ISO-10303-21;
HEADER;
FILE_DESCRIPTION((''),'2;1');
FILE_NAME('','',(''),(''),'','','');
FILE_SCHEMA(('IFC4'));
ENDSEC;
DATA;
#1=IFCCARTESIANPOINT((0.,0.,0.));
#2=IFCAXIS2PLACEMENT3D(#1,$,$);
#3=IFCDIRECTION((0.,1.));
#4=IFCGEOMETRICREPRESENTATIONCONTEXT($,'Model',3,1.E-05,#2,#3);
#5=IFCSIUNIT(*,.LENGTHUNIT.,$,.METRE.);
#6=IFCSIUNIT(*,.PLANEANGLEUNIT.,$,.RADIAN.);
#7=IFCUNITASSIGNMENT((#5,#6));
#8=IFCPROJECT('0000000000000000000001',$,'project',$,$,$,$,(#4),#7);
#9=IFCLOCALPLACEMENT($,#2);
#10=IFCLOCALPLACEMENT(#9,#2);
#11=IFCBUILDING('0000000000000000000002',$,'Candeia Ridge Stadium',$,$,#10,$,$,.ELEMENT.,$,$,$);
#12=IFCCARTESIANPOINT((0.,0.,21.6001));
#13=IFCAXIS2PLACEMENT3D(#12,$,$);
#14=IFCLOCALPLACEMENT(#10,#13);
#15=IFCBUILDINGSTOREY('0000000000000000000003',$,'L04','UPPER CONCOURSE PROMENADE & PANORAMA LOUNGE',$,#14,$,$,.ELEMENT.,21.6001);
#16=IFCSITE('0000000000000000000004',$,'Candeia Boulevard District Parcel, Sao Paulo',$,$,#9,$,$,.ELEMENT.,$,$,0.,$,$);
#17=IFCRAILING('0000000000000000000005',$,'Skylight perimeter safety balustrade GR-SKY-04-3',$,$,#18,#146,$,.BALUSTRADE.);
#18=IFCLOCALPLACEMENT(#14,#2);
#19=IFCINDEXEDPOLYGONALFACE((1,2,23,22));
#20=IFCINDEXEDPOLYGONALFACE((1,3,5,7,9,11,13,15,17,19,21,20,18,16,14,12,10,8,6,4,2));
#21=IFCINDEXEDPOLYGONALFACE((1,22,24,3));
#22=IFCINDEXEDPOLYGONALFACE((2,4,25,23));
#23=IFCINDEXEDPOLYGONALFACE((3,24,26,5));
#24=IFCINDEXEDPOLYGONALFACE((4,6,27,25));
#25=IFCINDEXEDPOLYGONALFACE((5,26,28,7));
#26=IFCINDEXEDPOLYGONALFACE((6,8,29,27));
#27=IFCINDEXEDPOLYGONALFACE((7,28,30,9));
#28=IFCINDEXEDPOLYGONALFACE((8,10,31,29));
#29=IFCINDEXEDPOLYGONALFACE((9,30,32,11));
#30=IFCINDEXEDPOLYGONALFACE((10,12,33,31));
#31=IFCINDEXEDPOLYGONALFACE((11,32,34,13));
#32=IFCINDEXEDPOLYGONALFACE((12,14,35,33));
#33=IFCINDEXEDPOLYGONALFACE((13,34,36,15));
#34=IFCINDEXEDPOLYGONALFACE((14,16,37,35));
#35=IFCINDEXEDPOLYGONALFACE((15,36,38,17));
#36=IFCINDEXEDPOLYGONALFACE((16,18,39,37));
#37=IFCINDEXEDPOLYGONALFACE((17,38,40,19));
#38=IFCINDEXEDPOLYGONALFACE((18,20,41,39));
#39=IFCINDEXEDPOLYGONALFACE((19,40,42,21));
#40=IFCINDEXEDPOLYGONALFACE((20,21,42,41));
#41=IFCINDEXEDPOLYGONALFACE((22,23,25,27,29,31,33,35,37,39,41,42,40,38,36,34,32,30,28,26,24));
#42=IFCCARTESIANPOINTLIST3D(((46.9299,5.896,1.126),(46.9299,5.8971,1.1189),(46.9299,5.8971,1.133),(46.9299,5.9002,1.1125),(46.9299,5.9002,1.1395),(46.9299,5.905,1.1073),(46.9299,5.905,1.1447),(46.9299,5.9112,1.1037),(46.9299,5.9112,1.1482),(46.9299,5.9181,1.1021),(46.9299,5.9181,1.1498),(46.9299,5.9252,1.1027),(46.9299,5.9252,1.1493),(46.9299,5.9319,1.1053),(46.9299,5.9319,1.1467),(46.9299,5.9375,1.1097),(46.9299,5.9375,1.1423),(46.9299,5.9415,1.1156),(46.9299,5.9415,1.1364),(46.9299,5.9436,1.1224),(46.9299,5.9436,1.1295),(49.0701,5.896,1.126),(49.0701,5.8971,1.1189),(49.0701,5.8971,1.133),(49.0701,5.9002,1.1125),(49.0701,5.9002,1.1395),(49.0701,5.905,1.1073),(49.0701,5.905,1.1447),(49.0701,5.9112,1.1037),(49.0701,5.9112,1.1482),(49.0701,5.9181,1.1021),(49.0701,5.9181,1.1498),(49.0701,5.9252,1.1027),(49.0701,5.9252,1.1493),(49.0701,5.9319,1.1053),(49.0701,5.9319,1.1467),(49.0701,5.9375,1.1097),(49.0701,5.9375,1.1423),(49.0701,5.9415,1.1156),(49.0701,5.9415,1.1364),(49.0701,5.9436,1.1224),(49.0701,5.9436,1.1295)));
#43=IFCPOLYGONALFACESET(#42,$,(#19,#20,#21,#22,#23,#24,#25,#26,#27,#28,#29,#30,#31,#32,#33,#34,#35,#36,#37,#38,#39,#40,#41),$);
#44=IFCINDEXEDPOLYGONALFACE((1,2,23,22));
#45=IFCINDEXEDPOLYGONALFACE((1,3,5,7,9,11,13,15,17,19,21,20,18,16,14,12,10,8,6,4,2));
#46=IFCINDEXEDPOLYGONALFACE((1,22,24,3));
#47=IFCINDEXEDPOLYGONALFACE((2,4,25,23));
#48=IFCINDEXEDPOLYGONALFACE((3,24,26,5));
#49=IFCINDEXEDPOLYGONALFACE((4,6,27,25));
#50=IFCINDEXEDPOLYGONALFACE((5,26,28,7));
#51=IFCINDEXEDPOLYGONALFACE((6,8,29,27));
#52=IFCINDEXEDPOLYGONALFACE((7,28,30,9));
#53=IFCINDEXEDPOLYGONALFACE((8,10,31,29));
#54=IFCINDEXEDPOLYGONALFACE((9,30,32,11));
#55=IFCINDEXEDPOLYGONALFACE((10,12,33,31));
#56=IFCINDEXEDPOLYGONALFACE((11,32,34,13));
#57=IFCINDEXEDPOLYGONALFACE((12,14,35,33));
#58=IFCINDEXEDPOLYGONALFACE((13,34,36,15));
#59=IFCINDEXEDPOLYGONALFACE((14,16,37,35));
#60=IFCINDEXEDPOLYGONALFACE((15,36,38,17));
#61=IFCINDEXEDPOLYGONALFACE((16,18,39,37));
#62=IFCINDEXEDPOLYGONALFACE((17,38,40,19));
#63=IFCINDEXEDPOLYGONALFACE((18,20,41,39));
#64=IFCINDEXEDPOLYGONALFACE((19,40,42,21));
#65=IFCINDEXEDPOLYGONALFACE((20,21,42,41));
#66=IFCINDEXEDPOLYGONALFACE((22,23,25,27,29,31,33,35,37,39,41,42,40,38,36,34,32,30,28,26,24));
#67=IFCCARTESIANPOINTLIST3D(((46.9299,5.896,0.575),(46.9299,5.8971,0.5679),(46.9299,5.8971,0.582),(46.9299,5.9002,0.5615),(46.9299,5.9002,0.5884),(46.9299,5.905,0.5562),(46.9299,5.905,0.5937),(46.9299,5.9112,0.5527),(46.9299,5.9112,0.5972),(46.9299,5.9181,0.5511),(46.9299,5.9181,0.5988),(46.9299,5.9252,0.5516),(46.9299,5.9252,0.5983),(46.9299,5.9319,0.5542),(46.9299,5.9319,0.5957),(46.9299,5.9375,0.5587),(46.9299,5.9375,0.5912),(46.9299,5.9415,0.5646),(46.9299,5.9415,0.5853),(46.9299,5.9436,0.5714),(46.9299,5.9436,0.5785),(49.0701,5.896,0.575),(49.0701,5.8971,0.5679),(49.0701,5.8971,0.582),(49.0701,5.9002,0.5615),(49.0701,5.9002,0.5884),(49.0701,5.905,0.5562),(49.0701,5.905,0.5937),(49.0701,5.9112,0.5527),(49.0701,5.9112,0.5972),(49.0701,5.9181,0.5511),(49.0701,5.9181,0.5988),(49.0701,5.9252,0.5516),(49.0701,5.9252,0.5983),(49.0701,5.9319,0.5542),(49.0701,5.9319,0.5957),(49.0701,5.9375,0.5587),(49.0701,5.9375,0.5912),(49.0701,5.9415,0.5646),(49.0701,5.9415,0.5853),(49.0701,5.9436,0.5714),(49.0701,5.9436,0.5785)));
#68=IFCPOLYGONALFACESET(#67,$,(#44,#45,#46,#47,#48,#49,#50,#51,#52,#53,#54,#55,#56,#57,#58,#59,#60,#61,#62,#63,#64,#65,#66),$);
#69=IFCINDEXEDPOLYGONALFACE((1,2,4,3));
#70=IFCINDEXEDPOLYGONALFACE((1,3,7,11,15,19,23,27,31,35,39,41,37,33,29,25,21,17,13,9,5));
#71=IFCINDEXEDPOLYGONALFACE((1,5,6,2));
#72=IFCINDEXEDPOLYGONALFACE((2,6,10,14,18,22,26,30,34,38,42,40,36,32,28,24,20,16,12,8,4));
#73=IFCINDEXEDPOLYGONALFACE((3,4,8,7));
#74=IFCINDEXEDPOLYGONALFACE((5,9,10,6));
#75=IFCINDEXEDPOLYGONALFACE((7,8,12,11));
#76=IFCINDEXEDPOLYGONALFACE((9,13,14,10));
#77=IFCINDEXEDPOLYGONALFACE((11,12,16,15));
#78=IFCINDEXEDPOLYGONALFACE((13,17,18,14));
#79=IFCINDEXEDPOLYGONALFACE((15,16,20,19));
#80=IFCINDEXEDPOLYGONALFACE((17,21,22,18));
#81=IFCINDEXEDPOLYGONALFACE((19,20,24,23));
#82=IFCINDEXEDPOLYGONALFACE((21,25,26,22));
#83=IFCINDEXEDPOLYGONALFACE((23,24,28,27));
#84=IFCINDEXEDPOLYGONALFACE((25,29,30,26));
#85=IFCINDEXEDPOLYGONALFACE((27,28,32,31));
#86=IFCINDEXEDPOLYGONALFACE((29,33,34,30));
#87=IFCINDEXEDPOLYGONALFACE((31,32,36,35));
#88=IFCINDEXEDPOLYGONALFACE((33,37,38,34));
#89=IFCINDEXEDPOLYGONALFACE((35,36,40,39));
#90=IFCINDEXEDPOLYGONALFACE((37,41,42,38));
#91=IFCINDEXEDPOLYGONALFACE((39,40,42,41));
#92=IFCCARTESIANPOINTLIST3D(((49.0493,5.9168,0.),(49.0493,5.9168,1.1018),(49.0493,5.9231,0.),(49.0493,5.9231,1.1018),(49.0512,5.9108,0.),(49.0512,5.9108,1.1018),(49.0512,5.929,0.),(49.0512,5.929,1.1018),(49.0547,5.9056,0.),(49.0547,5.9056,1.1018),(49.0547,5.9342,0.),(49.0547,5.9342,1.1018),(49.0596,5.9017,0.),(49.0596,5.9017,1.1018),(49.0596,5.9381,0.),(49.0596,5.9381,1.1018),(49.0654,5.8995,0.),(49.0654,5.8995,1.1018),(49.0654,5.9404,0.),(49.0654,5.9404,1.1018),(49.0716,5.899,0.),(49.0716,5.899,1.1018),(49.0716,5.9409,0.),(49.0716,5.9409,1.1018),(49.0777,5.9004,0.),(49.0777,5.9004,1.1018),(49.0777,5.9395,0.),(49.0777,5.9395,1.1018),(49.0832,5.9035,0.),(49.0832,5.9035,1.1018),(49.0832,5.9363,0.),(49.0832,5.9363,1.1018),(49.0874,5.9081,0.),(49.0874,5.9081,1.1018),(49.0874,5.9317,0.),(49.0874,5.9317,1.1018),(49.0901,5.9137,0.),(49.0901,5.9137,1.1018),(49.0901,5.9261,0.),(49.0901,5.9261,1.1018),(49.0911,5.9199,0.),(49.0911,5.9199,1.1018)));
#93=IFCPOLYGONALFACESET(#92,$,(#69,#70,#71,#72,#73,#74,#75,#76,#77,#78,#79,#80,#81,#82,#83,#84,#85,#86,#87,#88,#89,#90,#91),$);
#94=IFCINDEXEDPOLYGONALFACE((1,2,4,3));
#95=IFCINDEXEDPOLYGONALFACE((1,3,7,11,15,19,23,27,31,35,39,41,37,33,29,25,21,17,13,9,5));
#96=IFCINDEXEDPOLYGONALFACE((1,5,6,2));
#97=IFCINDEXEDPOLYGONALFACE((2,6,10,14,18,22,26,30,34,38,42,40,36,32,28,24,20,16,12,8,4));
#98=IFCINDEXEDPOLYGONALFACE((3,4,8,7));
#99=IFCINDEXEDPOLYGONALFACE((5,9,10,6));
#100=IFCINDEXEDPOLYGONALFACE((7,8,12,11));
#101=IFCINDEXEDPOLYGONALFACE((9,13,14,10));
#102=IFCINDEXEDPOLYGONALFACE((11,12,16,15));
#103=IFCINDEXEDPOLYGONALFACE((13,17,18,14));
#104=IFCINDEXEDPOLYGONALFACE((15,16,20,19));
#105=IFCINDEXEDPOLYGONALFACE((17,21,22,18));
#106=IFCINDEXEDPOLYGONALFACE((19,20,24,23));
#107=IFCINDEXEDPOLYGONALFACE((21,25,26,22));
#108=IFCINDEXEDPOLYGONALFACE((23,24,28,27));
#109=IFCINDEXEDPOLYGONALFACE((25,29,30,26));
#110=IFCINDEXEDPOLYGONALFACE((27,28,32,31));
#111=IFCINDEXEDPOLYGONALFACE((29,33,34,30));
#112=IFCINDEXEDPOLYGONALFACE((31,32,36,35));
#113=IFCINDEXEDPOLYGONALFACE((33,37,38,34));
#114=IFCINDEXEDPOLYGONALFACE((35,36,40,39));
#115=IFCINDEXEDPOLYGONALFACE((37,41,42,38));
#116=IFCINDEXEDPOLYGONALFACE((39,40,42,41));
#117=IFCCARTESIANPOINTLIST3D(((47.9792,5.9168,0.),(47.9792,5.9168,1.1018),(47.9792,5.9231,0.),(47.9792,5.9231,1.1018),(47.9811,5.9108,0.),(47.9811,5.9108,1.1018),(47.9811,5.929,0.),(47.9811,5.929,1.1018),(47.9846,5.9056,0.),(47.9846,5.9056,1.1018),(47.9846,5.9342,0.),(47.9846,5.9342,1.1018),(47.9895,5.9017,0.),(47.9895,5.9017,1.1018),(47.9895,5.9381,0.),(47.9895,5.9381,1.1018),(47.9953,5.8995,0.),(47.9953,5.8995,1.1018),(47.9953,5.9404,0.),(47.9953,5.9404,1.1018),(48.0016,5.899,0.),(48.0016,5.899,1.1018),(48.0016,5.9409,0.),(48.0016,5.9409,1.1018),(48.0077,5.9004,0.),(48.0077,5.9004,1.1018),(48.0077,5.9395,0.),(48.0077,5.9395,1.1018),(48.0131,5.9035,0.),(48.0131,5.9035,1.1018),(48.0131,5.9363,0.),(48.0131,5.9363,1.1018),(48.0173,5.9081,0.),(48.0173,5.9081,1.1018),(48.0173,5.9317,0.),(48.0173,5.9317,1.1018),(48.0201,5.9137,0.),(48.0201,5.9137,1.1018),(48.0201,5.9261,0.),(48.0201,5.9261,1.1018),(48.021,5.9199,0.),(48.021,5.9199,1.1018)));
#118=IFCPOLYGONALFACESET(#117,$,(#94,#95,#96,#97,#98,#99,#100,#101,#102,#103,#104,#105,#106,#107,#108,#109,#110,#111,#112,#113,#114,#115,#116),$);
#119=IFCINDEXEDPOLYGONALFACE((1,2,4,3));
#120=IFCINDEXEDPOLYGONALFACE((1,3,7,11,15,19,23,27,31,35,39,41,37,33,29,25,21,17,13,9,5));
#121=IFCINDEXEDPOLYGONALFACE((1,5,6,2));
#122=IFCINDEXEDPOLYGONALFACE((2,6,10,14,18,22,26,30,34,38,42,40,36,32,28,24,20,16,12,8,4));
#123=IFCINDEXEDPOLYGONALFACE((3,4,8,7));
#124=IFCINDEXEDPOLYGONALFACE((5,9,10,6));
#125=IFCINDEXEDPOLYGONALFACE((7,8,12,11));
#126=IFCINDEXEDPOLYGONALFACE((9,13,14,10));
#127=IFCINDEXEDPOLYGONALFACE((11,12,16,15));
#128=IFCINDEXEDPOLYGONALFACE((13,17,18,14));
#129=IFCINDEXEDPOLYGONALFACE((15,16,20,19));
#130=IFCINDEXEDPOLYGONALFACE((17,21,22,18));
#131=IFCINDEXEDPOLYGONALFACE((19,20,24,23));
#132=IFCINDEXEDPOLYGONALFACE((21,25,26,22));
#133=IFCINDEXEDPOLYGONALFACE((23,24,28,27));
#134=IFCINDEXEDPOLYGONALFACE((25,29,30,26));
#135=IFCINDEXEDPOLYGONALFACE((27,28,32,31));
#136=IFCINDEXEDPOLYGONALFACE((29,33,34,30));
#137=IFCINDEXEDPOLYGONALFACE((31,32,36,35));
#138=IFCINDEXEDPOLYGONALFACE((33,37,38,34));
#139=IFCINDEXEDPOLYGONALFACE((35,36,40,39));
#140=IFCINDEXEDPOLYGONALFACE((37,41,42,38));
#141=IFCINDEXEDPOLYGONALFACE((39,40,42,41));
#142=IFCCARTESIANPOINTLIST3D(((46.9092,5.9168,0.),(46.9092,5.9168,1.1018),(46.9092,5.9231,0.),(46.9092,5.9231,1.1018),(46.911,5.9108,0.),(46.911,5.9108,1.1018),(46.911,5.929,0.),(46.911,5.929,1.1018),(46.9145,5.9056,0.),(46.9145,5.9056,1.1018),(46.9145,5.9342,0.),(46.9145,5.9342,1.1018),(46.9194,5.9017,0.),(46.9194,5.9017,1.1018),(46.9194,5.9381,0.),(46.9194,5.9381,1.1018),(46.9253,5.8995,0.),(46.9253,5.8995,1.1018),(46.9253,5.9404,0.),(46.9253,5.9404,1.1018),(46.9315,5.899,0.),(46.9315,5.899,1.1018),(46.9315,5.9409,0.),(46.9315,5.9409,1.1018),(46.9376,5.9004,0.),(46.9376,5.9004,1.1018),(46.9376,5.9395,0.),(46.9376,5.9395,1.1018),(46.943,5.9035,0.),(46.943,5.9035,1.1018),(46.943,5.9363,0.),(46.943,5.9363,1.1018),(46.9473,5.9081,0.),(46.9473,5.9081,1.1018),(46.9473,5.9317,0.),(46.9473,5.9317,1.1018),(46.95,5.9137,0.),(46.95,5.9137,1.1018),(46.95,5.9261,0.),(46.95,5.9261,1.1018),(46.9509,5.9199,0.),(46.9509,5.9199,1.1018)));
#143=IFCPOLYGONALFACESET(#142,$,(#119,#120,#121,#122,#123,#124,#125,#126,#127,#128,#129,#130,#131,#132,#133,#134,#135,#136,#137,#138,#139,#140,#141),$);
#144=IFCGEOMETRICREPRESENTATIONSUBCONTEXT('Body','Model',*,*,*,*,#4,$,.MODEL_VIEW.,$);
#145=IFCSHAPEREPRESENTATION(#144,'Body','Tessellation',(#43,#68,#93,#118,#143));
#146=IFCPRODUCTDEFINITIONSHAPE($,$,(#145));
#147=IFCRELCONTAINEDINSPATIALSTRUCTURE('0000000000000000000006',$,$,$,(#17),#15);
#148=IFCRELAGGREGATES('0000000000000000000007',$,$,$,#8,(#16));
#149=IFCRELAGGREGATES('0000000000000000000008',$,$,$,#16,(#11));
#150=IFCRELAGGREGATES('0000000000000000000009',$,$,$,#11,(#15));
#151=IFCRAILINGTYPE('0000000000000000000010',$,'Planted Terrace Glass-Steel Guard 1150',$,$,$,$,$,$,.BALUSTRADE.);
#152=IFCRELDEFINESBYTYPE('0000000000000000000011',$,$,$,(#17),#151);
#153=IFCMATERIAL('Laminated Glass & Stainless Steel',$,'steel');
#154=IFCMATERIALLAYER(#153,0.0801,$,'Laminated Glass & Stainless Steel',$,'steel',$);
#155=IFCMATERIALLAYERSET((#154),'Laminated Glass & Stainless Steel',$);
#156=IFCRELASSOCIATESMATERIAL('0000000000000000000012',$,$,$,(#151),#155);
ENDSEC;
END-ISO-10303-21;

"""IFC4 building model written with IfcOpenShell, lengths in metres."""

from ifc_helpers import new_model, si_unit, direction, frame, origin, origin_2d, place, context, subcontext, project, spatial, circle, extrude, material, layer, layer_set, type_object, element, save


model = new_model("IFC4")

# Units and contexts
model_context = context("Model", 3, precision=1e-05, world=origin(), true_north=direction((0.0, 1.0)))
body_context = subcontext(model_context, "Body", "Model", "MODEL_VIEW")
ifc_project = project(units=[si_unit("LENGTHUNIT", "METRE"), si_unit("PLANEANGLEUNIT", "RADIAN")], contexts=[model_context])

# Site, building, storey
site_placement = place(None, origin())
site = spatial("IfcSite", under=ifc_project, at=site_placement, Name="Candeia Boulevard District Parcel, Sao Paulo", CompositionType="ELEMENT", RefElevation=0.0)
building_placement = place(site_placement, origin())
building = spatial("IfcBuilding", under=site, at=building_placement, Name="Candeia Ridge Stadium", CompositionType="ELEMENT")
storey_placement = place(building_placement, frame((0.0, 0.0, 21.6001)))
storey = spatial("IfcBuildingStorey", under=building, at=storey_placement, Name="L04", Description="UPPER CONCOURSE PROMENADE & PANORAMA LOUNGE", CompositionType="ELEMENT", Elevation=21.6001)

# Railing
ifc_material_1 = material(Name="Laminated Glass & Stainless Steel", Category="steel")
ifc_layer_1 = layer(ifc_material_1, 0.0801, Name="Laminated Glass & Stainless Steel", Category="steel")
ifc_layer_set_1 = layer_set([ifc_layer_1], Name="Laminated Glass & Stainless Steel")
railing_type_1 = type_object("IfcRailingType", Name="Planted Terrace Glass-Steel Guard 1150", PredefinedType="BALUSTRADE", material=ifc_layer_set_1)
railing_1_placement = place(storey_placement, frame((49.0701, 5.9199, 0.0)))
element("IfcRailing", 1, at=railing_1_placement, inside=storey, type_object=railing_type_1, Name="Skylight perimeter safety balustrade GR-SKY-04-3", PredefinedType="BALUSTRADE", context=body_context, shape_type="SweptSolid", body=[
    extrude(circle(Radius=0.0239, at=origin_2d()), frame((0.0, 0.0, 1.126), z_axis=(-1.0, 0.0, 0.0), x_axis=(0.0, -1.0, 0.0)), (0.0, 0.0, 1.0), 2.1401),
    extrude(circle(Radius=0.0239, at=origin_2d()), frame((0.0, 0.0, 0.575), z_axis=(-1.0, 0.0, 0.0), x_axis=(0.0, -1.0, 0.0)), (0.0, 0.0, 1.0), 2.1401),
    extrude(circle(Radius=0.021, at=origin_2d()), origin(), (0.0, 0.0, 1.0), 1.1018),
    extrude(circle(Radius=0.021, at=origin_2d()), frame((-1.0701, 0.0, 0.0)), (0.0, 0.0, 1.0), 1.1018),
    extrude(circle(Radius=0.021, at=origin_2d()), frame((-2.1401, 0.0, 0.0)), (0.0, 0.0, 1.0), 1.1018),
])

save(model, "model.ifc")
